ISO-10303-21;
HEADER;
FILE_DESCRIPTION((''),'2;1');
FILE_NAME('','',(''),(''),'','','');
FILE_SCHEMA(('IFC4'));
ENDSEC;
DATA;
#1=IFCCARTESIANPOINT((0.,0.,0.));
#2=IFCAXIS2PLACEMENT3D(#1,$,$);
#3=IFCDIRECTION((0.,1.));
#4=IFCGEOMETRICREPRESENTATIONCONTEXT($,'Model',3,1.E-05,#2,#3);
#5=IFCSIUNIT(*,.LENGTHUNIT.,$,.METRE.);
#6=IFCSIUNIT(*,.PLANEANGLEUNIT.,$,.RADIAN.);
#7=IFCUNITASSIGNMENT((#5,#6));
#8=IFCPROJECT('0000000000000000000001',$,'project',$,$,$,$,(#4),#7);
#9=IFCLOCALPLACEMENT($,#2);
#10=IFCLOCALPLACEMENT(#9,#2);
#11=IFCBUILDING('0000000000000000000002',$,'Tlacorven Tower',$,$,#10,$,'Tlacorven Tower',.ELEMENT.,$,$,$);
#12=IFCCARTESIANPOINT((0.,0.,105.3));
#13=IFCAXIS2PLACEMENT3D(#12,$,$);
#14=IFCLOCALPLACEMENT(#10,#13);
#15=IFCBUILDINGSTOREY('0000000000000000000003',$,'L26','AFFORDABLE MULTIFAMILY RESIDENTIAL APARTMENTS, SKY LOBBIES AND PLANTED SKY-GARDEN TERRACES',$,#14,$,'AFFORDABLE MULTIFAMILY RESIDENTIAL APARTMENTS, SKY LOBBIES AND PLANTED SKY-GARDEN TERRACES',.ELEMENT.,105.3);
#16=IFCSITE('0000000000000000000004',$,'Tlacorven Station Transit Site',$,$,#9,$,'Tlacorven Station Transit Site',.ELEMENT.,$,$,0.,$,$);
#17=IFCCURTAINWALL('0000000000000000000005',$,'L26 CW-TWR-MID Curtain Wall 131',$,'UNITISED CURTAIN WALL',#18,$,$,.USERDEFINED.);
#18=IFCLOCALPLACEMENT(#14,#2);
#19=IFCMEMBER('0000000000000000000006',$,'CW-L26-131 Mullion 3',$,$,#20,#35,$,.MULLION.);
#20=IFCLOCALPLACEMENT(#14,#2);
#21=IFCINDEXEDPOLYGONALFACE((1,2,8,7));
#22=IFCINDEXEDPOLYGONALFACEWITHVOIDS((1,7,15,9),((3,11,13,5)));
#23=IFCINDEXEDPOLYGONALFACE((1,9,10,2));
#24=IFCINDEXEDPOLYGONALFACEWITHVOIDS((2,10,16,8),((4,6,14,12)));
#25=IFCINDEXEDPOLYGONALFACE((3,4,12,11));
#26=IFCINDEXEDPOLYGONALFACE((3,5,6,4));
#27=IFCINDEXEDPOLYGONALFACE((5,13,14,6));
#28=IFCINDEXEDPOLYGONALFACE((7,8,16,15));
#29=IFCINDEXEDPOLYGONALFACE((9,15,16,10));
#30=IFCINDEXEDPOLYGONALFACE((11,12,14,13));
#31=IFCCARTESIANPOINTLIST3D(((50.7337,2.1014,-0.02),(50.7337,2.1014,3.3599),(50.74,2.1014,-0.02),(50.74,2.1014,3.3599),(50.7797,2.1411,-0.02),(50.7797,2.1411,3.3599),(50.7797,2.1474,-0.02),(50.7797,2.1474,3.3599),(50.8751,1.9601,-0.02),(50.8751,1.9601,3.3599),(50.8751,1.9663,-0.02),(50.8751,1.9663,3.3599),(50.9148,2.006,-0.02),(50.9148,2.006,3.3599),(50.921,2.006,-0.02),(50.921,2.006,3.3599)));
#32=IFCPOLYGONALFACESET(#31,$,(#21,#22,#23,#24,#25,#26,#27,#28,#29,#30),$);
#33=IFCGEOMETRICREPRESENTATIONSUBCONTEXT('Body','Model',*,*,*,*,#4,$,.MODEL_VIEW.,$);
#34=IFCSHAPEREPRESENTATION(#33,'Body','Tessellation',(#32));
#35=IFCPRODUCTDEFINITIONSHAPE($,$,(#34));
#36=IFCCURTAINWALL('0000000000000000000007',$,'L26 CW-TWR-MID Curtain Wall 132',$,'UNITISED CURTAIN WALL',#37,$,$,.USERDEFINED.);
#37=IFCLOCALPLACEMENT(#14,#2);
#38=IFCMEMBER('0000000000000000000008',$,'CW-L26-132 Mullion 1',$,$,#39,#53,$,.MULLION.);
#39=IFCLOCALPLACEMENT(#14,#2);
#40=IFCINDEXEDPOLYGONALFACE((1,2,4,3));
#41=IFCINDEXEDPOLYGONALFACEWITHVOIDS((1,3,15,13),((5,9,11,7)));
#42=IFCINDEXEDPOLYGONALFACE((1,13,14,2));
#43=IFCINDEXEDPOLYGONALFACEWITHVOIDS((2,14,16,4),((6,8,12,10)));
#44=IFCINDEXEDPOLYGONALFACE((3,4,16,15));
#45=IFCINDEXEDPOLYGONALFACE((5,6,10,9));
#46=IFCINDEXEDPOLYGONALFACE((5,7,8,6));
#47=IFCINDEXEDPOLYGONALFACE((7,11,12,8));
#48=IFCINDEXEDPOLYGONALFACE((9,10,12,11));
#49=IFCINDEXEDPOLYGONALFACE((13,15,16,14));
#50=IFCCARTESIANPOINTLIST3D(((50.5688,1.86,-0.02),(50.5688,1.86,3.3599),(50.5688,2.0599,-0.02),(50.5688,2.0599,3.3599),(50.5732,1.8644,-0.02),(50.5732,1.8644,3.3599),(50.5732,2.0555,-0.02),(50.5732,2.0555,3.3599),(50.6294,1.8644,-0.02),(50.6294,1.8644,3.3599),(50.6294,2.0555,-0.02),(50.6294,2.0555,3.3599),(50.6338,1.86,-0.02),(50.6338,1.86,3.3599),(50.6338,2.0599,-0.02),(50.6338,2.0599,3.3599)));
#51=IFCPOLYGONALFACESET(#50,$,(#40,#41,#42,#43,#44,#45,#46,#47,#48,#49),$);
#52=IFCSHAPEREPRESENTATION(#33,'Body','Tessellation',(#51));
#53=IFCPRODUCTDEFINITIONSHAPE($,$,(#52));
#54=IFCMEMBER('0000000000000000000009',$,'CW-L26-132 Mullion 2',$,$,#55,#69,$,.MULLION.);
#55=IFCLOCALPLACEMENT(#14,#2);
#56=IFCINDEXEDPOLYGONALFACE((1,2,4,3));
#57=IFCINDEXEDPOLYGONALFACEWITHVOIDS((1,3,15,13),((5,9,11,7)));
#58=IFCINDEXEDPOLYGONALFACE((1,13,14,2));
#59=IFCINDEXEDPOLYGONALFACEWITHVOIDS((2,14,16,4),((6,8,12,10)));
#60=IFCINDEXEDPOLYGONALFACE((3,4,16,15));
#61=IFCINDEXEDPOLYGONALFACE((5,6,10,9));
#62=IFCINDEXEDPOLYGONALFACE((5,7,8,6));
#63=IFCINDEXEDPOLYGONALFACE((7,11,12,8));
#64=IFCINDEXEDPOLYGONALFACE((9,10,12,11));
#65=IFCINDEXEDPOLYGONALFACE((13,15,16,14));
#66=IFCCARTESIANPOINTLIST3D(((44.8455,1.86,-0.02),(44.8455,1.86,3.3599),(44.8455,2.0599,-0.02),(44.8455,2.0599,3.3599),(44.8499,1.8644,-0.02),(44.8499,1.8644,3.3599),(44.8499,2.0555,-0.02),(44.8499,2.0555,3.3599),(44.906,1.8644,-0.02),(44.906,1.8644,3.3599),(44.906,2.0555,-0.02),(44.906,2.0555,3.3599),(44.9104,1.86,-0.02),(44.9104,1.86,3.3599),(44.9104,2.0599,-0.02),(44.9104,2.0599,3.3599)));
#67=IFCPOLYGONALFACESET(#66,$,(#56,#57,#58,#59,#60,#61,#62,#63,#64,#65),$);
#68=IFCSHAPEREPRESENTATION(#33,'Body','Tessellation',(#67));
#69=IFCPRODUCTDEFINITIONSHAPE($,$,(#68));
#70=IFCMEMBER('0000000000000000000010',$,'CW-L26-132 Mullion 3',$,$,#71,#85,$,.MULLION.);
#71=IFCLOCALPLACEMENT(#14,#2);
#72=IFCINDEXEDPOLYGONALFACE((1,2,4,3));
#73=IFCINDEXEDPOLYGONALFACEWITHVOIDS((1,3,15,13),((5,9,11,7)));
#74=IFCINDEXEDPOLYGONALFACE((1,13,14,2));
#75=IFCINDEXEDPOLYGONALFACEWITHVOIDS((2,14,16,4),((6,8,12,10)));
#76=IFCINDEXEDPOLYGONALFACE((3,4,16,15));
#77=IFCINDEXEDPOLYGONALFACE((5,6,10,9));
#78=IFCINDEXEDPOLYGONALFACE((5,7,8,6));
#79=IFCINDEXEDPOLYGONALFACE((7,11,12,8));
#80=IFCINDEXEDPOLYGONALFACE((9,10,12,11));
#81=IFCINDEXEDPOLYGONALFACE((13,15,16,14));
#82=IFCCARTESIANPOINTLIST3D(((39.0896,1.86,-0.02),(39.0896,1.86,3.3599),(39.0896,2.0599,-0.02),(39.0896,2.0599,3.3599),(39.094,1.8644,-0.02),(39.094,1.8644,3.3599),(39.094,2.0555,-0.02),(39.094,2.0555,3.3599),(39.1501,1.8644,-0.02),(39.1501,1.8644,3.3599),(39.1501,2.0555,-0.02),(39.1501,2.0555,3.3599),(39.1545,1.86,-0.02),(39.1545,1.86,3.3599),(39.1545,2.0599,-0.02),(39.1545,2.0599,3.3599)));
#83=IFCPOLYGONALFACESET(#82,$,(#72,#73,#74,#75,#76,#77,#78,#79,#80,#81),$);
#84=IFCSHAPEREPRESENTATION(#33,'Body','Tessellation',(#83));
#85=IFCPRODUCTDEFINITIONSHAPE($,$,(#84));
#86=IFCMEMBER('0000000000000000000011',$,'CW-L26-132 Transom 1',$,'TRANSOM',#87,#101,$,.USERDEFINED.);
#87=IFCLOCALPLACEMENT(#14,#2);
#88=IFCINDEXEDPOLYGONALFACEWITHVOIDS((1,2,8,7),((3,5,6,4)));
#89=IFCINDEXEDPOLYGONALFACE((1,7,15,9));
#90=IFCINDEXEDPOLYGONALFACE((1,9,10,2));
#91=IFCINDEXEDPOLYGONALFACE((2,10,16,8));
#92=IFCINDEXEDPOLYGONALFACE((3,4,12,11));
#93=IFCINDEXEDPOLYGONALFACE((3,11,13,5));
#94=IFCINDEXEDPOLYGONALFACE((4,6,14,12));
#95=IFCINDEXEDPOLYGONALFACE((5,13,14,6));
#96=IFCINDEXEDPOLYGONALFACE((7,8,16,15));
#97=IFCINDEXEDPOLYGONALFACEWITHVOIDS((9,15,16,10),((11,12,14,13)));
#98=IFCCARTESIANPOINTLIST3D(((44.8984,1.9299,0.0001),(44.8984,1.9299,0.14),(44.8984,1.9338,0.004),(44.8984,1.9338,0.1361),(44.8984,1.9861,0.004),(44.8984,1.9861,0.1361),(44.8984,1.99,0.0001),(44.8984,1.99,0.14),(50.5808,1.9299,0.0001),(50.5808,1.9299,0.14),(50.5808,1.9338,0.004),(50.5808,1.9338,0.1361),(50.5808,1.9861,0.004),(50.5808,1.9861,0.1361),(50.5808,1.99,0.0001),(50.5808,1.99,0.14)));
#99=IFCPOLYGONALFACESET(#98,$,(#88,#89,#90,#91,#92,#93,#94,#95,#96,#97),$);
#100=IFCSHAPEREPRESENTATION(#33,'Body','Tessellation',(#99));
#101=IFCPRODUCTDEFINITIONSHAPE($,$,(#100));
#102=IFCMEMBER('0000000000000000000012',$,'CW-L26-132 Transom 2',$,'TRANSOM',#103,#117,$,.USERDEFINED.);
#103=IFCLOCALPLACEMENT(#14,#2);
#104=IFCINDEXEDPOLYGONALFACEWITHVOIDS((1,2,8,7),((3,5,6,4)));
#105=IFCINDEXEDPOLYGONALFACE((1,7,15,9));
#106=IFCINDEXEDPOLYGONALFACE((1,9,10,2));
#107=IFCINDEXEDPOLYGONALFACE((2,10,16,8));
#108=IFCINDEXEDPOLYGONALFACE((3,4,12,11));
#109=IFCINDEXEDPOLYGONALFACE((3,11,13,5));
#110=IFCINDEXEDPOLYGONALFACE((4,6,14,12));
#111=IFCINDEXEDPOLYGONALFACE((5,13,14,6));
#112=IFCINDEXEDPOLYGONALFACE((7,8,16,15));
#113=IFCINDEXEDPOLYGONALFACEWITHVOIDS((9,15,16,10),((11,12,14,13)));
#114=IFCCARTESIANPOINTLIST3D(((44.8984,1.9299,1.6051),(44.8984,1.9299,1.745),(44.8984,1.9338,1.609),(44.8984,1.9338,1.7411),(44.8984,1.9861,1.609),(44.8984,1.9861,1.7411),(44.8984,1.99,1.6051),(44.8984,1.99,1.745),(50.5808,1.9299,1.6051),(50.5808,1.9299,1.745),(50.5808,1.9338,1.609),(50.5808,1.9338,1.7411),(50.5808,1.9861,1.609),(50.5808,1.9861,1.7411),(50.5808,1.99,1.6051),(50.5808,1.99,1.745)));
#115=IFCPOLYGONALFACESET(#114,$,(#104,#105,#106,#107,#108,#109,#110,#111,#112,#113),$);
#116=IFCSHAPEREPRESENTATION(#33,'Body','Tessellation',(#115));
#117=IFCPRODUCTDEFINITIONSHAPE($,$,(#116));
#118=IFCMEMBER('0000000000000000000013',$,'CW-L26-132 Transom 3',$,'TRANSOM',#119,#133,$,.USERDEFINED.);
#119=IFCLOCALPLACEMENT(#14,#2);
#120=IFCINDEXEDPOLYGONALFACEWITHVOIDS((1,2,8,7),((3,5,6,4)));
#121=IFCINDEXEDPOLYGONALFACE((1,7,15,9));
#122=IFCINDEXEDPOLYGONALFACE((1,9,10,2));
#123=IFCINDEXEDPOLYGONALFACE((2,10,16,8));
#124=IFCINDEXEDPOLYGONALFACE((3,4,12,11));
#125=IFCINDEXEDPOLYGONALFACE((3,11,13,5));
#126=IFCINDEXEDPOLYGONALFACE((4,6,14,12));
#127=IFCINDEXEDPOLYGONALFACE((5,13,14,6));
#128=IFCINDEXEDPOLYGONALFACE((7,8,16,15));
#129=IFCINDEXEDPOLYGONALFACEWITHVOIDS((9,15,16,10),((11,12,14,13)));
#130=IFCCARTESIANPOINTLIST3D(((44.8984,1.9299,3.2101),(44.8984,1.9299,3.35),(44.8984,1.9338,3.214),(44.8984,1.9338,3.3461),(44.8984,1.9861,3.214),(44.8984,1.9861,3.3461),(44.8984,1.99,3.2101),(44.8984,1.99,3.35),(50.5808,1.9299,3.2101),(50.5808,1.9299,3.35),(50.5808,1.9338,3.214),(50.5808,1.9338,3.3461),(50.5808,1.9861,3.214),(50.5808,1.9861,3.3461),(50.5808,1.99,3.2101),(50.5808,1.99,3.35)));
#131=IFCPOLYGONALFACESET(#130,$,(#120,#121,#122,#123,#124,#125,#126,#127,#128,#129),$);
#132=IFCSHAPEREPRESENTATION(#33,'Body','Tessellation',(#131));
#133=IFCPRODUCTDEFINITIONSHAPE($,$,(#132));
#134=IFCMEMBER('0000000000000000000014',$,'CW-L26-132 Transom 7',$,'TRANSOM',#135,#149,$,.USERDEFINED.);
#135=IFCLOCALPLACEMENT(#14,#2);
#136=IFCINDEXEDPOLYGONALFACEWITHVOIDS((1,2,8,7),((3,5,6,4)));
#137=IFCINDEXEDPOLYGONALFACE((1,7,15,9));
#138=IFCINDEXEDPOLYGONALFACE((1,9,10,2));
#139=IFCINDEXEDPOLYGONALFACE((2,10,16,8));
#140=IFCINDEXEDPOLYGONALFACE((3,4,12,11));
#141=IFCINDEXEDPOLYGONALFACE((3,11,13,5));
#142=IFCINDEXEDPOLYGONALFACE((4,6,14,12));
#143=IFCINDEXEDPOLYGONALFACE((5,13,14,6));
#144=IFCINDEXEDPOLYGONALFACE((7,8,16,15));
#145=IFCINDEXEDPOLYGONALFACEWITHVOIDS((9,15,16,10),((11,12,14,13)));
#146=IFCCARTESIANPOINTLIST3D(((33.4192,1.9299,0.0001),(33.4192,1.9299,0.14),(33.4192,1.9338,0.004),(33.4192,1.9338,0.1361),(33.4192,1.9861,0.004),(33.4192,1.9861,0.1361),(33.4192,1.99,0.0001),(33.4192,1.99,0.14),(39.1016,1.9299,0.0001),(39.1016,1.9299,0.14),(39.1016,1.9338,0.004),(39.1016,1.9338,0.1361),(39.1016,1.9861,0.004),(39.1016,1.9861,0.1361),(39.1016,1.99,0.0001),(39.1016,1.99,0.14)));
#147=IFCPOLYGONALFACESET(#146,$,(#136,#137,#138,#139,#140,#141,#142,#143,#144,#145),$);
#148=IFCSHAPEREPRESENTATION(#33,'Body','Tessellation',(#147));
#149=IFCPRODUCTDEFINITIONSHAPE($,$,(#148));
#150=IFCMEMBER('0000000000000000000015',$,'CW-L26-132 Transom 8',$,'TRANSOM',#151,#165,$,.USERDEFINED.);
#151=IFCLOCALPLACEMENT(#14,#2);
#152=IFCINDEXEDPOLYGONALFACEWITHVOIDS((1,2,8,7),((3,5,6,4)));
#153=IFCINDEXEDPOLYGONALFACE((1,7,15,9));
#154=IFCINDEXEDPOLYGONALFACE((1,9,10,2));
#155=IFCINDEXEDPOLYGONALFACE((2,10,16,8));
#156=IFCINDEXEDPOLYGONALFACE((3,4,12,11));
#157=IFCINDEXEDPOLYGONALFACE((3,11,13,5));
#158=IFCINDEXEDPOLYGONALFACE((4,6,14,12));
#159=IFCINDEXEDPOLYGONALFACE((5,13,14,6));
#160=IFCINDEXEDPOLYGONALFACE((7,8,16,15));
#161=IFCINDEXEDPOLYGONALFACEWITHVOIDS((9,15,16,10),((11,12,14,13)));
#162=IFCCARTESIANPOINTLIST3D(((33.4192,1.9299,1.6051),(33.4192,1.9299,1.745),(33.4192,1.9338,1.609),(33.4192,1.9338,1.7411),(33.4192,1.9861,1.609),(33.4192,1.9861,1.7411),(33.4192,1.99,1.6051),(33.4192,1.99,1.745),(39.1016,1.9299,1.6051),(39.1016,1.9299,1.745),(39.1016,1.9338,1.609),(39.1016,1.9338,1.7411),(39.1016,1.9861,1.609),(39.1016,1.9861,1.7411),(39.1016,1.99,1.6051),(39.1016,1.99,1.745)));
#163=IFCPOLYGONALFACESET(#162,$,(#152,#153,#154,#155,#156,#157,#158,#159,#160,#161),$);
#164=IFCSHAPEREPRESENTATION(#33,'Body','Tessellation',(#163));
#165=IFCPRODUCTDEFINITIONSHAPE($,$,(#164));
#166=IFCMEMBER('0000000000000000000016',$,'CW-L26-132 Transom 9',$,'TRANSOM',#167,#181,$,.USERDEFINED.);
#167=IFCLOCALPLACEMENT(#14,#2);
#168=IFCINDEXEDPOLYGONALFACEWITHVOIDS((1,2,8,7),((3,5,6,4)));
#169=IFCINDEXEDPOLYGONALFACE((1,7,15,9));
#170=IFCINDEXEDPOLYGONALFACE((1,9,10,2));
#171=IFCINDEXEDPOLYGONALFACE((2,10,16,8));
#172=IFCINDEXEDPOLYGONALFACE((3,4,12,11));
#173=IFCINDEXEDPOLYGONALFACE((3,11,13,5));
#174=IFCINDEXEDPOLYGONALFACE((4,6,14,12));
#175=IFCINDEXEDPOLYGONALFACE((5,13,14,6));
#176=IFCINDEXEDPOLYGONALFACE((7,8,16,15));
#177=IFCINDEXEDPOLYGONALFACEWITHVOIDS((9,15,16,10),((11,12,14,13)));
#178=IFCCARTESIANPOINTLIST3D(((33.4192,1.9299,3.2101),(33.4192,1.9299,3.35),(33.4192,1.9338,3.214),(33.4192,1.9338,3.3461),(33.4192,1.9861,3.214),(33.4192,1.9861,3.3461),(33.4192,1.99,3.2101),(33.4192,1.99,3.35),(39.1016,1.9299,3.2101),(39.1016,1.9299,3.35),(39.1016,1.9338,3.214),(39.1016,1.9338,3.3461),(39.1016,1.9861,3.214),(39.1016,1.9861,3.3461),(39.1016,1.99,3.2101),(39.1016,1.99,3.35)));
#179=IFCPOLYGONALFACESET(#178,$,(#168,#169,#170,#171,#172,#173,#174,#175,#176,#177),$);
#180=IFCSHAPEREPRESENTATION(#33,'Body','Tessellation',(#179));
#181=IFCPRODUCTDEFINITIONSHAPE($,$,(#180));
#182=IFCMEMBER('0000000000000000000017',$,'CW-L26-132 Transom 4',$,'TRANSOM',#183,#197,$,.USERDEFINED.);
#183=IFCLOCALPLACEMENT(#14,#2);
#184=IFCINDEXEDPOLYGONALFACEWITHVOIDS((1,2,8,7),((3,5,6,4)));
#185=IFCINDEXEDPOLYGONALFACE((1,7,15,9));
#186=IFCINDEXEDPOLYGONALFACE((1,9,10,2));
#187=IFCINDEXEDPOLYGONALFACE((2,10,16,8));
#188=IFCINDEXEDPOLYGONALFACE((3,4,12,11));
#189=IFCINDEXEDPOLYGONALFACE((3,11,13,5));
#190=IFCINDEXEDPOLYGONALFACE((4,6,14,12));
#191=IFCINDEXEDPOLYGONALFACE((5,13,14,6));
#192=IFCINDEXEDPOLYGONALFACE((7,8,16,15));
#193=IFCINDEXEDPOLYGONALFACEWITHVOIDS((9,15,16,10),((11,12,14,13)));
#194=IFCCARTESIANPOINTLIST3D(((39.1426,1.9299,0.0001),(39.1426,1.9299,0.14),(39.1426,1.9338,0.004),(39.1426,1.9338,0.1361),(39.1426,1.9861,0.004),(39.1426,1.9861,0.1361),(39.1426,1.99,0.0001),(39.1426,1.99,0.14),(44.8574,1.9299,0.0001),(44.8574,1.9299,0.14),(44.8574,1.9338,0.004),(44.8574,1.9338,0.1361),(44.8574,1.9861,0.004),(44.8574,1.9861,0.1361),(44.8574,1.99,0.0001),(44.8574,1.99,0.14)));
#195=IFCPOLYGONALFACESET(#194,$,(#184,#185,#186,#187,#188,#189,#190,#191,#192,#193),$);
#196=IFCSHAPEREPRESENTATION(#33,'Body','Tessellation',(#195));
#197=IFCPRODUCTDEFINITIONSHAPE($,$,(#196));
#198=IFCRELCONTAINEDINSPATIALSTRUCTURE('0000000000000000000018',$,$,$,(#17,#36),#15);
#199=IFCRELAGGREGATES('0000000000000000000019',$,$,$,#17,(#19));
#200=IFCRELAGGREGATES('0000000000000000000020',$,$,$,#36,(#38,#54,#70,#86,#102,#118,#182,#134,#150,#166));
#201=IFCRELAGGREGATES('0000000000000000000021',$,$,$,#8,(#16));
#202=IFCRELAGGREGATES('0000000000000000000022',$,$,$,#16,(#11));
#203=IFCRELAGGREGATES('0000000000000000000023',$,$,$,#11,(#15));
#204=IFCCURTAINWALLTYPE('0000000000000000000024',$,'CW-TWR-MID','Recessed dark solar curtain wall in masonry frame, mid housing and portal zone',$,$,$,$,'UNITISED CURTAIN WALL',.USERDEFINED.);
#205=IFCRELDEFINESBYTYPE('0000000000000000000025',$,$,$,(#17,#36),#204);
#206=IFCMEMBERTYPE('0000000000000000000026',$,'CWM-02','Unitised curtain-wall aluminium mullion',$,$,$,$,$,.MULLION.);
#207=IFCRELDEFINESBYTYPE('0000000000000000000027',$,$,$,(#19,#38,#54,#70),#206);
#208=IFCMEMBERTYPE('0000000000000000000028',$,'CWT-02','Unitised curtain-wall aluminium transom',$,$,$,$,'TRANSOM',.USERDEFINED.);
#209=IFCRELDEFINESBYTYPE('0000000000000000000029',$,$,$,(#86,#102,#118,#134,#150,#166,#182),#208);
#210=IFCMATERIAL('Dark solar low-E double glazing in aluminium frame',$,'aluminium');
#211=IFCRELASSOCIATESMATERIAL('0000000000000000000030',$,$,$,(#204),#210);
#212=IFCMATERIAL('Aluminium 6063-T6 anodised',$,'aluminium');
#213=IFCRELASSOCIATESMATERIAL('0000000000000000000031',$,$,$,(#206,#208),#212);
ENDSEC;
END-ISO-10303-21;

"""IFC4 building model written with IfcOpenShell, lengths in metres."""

from ifc_helpers import new_model, si_unit, direction, frame, origin, origin_2d, place, context, subcontext, project, spatial, hollow_rectangle, extrude, source, transform, mapped, material, material_profile, profile_set, type_object, element, aggregate, save


model = new_model("IFC4")

# Units and contexts
model_context = context("Model", 3, precision=1e-05, world=origin(), true_north=direction((0.0, 1.0)))
body_context = subcontext(model_context, "Body", "Model", "MODEL_VIEW")
ifc_project = project(units=[si_unit("LENGTHUNIT", "METRE"), si_unit("PLANEANGLEUNIT", "RADIAN")], contexts=[model_context])

# Site, building, storey
site_placement = place(None, origin())
site = spatial("IfcSite", under=ifc_project, at=site_placement, Name="Tlacorven Station Transit Site", LongName="Tlacorven Station Transit Site", CompositionType="ELEMENT", RefElevation=0.0)
building_placement = place(site_placement, origin())
building = spatial("IfcBuilding", under=site, at=building_placement, Name="Tlacorven Tower", LongName="Tlacorven Tower", CompositionType="ELEMENT")
storey_placement = place(building_placement, frame((0.0, 0.0, 105.3)))
storey = spatial("IfcBuildingStorey", under=building, at=storey_placement, Name="L26", Description="AFFORDABLE MULTIFAMILY RESIDENTIAL APARTMENTS, SKY LOBBIES AND PLANTED SKY-GARDEN TERRACES", LongName="AFFORDABLE MULTIFAMILY RESIDENTIAL APARTMENTS, SKY LOBBIES AND PLANTED SKY-GARDEN TERRACES", CompositionType="ELEMENT", Elevation=105.3)

# Curtain wall, member
ifc_material_1 = material(Name="Dark solar low-E double glazing in aluminium frame", Category="aluminium")
curtain_wall_type = type_object("IfcCurtainWallType", Name="CW-TWR-MID", Description="Recessed dark solar curtain wall in masonry frame, mid housing and portal zone", ElementType="UNITISED CURTAIN WALL", PredefinedType="USERDEFINED", material=ifc_material_1)
curtain_wall_1_placement = place(storey_placement, origin())
curtain_wall_1 = element("IfcCurtainWall", 1, at=curtain_wall_1_placement, inside=storey, type_object=curtain_wall_type, Name="L26 CW-TWR-MID Curtain Wall 131", ObjectType="UNITISED CURTAIN WALL", PredefinedType="USERDEFINED")
ifc_material_2 = material(Name="Aluminium 6063-T6 anodised", Category="aluminium")
ifc_material_profile_1 = material_profile(ifc_material_2, hollow_rectangle(XDim=0.0649, YDim=0.2, WallThickness=0.0044, at=origin_2d()), Name="ALU MULLION 65X200")
ifc_profile_set_1 = profile_set([ifc_material_profile_1], Name="Aluminium 6063-T6 anodised")
member_type_1 = type_object("IfcMemberType", Name="CWM-02", Description="Unitised curtain-wall aluminium mullion", PredefinedType="MULLION", material=ifc_profile_set_1)
shared_shape_1 = source(origin(), body_context, "Body", "SweptSolid", [
    extrude(hollow_rectangle(XDim=0.0649, YDim=0.2, WallThickness=0.0044, at=origin_2d()), origin(), (0.0, 0.0, 1.0), 3.3799),
])
member_1_placement = place(storey_placement, frame((50.8274, 2.0537, -0.02), z_axis=(0.0, 0.0, 1.0), x_axis=(-0.707107, -0.707107, 0.0)))
member_1 = element("IfcMember", 2, at=member_1_placement, type_object=member_type_1, Name="CW-L26-131 Mullion 3", PredefinedType="MULLION", context=body_context, shape_type="MappedRepresentation", body=[
    mapped(shared_shape_1, transform((0.0, 0.0, 0.0), scale=1.0)),
])
aggregate(curtain_wall_1, [member_1])

# Curtain wall, members
curtain_wall_2_placement = place(storey_placement, origin())
curtain_wall_2 = element("IfcCurtainWall", 3, at=curtain_wall_2_placement, inside=storey, type_object=curtain_wall_type, Name="L26 CW-TWR-MID Curtain Wall 132", ObjectType="UNITISED CURTAIN WALL", PredefinedType="USERDEFINED")
member_2_placement = place(storey_placement, frame((50.6013, 1.96, -0.02), z_axis=(0.0, 0.0, 1.0), x_axis=(-1.0, 0.0, 0.0)))
member_2 = element("IfcMember", 4, at=member_2_placement, type_object=member_type_1, Name="CW-L26-132 Mullion 1", PredefinedType="MULLION", context=body_context, shape_type="MappedRepresentation", body=[
    mapped(shared_shape_1, transform((0.0, 0.0, 0.0), scale=1.0)),
])
member_3_placement = place(storey_placement, frame((44.8779, 1.96, -0.02), z_axis=(0.0, 0.0, 1.0), x_axis=(-1.0, 0.0, 0.0)))
member_3 = element("IfcMember", 5, at=member_3_placement, type_object=member_type_1, Name="CW-L26-132 Mullion 2", PredefinedType="MULLION", context=body_context, shape_type="MappedRepresentation", body=[
    mapped(shared_shape_1, transform((0.0, 0.0, 0.0), scale=1.0)),
])
member_4_placement = place(storey_placement, frame((39.1221, 1.96, -0.02), z_axis=(0.0, 0.0, 1.0), x_axis=(-1.0, 0.0, 0.0)))
member_4 = element("IfcMember", 6, at=member_4_placement, type_object=member_type_1, Name="CW-L26-132 Mullion 3", PredefinedType="MULLION", context=body_context, shape_type="MappedRepresentation", body=[
    mapped(shared_shape_1, transform((0.0, 0.0, 0.0), scale=1.0)),
])
ifc_material_profile_2 = material_profile(ifc_material_2, hollow_rectangle(XDim=0.0601, YDim=0.1399, WallThickness=0.0039, at=origin_2d()), Name="ALU TRANSOM 60X140")
ifc_profile_set_2 = profile_set([ifc_material_profile_2], Name="Aluminium 6063-T6 anodised")
member_type_2 = type_object("IfcMemberType", Name="CWT-02", Description="Unitised curtain-wall aluminium transom", ElementType="TRANSOM", PredefinedType="USERDEFINED", material=ifc_profile_set_2)
shared_shape_2 = source(origin(), body_context, "Body", "SweptSolid", [
    extrude(hollow_rectangle(XDim=0.0601, YDim=0.1399, WallThickness=0.0039, at=origin_2d()), origin(), (0.0, 0.0, 1.0), 5.6824),
])
member_5_placement = place(storey_placement, frame((50.5808, 1.96, 0.0701), z_axis=(-1.0, 0.0, 0.0), x_axis=(0.0, -1.0, 0.0)))
member_5 = element("IfcMember", 7, at=member_5_placement, type_object=member_type_2, Name="CW-L26-132 Transom 1", ObjectType="TRANSOM", PredefinedType="USERDEFINED", context=body_context, shape_type="MappedRepresentation", body=[
    mapped(shared_shape_2, transform((0.0, 0.0, 0.0), scale=1.0)),
])
member_6_placement = place(storey_placement, frame((50.5808, 1.96, 1.675), z_axis=(-1.0, 0.0, 0.0), x_axis=(0.0, -1.0, 0.0)))
member_6 = element("IfcMember", 8, at=member_6_placement, type_object=member_type_2, Name="CW-L26-132 Transom 2", ObjectType="TRANSOM", PredefinedType="USERDEFINED", context=body_context, shape_type="MappedRepresentation", body=[
    mapped(shared_shape_2, transform((0.0, 0.0, 0.0), scale=1.0)),
])
member_7_placement = place(storey_placement, frame((50.5808, 1.96, 3.28), z_axis=(-1.0, 0.0, 0.0), x_axis=(0.0, -1.0, 0.0)))
member_7 = element("IfcMember", 9, at=member_7_placement, type_object=member_type_2, Name="CW-L26-132 Transom 3", ObjectType="TRANSOM", PredefinedType="USERDEFINED", context=body_context, shape_type="MappedRepresentation", body=[
    mapped(shared_shape_2, transform((0.0, 0.0, 0.0), scale=1.0)),
])
member_8_placement = place(storey_placement, frame((39.1016, 1.96, 0.0701), z_axis=(-1.0, 0.0, 0.0), x_axis=(0.0, -1.0, 0.0)))
member_8 = element("IfcMember", 10, at=member_8_placement, type_object=member_type_2, Name="CW-L26-132 Transom 7", ObjectType="TRANSOM", PredefinedType="USERDEFINED", context=body_context, shape_type="MappedRepresentation", body=[
    mapped(shared_shape_2, transform((0.0, 0.0, 0.0), scale=1.0)),
])
member_9_placement = place(storey_placement, frame((39.1016, 1.96, 1.675), z_axis=(-1.0, 0.0, 0.0), x_axis=(0.0, -1.0, 0.0)))
member_9 = element("IfcMember", 11, at=member_9_placement, type_object=member_type_2, Name="CW-L26-132 Transom 8", ObjectType="TRANSOM", PredefinedType="USERDEFINED", context=body_context, shape_type="MappedRepresentation", body=[
    mapped(shared_shape_2, transform((0.0, 0.0, 0.0), scale=1.0)),
])
member_10_placement = place(storey_placement, frame((39.1016, 1.96, 3.28), z_axis=(-1.0, 0.0, 0.0), x_axis=(0.0, -1.0, 0.0)))
member_10 = element("IfcMember", 12, at=member_10_placement, type_object=member_type_2, Name="CW-L26-132 Transom 9", ObjectType="TRANSOM", PredefinedType="USERDEFINED", context=body_context, shape_type="MappedRepresentation", body=[
    mapped(shared_shape_2, transform((0.0, 0.0, 0.0), scale=1.0)),
])
shared_shape_3 = source(origin(), body_context, "Body", "SweptSolid", [
    extrude(hollow_rectangle(XDim=0.0601, YDim=0.1399, WallThickness=0.0039, at=origin_2d()), origin(), (0.0, 0.0, 1.0), 5.7148),
])
member_11_placement = place(storey_placement, frame((44.8574, 1.96, 0.0701), z_axis=(-1.0, 0.0, 0.0), x_axis=(0.0, -1.0, 0.0)))
member_11 = element("IfcMember", 13, at=member_11_placement, type_object=member_type_2, Name="CW-L26-132 Transom 4", ObjectType="TRANSOM", PredefinedType="USERDEFINED", context=body_context, shape_type="MappedRepresentation", body=[
    mapped(shared_shape_3, transform((0.0, 0.0, 0.0), scale=1.0)),
])
aggregate(curtain_wall_2, [member_2, member_3, member_4, member_5, member_6, member_7, member_11, member_8, member_9, member_10])

save(model, "model.ifc")
